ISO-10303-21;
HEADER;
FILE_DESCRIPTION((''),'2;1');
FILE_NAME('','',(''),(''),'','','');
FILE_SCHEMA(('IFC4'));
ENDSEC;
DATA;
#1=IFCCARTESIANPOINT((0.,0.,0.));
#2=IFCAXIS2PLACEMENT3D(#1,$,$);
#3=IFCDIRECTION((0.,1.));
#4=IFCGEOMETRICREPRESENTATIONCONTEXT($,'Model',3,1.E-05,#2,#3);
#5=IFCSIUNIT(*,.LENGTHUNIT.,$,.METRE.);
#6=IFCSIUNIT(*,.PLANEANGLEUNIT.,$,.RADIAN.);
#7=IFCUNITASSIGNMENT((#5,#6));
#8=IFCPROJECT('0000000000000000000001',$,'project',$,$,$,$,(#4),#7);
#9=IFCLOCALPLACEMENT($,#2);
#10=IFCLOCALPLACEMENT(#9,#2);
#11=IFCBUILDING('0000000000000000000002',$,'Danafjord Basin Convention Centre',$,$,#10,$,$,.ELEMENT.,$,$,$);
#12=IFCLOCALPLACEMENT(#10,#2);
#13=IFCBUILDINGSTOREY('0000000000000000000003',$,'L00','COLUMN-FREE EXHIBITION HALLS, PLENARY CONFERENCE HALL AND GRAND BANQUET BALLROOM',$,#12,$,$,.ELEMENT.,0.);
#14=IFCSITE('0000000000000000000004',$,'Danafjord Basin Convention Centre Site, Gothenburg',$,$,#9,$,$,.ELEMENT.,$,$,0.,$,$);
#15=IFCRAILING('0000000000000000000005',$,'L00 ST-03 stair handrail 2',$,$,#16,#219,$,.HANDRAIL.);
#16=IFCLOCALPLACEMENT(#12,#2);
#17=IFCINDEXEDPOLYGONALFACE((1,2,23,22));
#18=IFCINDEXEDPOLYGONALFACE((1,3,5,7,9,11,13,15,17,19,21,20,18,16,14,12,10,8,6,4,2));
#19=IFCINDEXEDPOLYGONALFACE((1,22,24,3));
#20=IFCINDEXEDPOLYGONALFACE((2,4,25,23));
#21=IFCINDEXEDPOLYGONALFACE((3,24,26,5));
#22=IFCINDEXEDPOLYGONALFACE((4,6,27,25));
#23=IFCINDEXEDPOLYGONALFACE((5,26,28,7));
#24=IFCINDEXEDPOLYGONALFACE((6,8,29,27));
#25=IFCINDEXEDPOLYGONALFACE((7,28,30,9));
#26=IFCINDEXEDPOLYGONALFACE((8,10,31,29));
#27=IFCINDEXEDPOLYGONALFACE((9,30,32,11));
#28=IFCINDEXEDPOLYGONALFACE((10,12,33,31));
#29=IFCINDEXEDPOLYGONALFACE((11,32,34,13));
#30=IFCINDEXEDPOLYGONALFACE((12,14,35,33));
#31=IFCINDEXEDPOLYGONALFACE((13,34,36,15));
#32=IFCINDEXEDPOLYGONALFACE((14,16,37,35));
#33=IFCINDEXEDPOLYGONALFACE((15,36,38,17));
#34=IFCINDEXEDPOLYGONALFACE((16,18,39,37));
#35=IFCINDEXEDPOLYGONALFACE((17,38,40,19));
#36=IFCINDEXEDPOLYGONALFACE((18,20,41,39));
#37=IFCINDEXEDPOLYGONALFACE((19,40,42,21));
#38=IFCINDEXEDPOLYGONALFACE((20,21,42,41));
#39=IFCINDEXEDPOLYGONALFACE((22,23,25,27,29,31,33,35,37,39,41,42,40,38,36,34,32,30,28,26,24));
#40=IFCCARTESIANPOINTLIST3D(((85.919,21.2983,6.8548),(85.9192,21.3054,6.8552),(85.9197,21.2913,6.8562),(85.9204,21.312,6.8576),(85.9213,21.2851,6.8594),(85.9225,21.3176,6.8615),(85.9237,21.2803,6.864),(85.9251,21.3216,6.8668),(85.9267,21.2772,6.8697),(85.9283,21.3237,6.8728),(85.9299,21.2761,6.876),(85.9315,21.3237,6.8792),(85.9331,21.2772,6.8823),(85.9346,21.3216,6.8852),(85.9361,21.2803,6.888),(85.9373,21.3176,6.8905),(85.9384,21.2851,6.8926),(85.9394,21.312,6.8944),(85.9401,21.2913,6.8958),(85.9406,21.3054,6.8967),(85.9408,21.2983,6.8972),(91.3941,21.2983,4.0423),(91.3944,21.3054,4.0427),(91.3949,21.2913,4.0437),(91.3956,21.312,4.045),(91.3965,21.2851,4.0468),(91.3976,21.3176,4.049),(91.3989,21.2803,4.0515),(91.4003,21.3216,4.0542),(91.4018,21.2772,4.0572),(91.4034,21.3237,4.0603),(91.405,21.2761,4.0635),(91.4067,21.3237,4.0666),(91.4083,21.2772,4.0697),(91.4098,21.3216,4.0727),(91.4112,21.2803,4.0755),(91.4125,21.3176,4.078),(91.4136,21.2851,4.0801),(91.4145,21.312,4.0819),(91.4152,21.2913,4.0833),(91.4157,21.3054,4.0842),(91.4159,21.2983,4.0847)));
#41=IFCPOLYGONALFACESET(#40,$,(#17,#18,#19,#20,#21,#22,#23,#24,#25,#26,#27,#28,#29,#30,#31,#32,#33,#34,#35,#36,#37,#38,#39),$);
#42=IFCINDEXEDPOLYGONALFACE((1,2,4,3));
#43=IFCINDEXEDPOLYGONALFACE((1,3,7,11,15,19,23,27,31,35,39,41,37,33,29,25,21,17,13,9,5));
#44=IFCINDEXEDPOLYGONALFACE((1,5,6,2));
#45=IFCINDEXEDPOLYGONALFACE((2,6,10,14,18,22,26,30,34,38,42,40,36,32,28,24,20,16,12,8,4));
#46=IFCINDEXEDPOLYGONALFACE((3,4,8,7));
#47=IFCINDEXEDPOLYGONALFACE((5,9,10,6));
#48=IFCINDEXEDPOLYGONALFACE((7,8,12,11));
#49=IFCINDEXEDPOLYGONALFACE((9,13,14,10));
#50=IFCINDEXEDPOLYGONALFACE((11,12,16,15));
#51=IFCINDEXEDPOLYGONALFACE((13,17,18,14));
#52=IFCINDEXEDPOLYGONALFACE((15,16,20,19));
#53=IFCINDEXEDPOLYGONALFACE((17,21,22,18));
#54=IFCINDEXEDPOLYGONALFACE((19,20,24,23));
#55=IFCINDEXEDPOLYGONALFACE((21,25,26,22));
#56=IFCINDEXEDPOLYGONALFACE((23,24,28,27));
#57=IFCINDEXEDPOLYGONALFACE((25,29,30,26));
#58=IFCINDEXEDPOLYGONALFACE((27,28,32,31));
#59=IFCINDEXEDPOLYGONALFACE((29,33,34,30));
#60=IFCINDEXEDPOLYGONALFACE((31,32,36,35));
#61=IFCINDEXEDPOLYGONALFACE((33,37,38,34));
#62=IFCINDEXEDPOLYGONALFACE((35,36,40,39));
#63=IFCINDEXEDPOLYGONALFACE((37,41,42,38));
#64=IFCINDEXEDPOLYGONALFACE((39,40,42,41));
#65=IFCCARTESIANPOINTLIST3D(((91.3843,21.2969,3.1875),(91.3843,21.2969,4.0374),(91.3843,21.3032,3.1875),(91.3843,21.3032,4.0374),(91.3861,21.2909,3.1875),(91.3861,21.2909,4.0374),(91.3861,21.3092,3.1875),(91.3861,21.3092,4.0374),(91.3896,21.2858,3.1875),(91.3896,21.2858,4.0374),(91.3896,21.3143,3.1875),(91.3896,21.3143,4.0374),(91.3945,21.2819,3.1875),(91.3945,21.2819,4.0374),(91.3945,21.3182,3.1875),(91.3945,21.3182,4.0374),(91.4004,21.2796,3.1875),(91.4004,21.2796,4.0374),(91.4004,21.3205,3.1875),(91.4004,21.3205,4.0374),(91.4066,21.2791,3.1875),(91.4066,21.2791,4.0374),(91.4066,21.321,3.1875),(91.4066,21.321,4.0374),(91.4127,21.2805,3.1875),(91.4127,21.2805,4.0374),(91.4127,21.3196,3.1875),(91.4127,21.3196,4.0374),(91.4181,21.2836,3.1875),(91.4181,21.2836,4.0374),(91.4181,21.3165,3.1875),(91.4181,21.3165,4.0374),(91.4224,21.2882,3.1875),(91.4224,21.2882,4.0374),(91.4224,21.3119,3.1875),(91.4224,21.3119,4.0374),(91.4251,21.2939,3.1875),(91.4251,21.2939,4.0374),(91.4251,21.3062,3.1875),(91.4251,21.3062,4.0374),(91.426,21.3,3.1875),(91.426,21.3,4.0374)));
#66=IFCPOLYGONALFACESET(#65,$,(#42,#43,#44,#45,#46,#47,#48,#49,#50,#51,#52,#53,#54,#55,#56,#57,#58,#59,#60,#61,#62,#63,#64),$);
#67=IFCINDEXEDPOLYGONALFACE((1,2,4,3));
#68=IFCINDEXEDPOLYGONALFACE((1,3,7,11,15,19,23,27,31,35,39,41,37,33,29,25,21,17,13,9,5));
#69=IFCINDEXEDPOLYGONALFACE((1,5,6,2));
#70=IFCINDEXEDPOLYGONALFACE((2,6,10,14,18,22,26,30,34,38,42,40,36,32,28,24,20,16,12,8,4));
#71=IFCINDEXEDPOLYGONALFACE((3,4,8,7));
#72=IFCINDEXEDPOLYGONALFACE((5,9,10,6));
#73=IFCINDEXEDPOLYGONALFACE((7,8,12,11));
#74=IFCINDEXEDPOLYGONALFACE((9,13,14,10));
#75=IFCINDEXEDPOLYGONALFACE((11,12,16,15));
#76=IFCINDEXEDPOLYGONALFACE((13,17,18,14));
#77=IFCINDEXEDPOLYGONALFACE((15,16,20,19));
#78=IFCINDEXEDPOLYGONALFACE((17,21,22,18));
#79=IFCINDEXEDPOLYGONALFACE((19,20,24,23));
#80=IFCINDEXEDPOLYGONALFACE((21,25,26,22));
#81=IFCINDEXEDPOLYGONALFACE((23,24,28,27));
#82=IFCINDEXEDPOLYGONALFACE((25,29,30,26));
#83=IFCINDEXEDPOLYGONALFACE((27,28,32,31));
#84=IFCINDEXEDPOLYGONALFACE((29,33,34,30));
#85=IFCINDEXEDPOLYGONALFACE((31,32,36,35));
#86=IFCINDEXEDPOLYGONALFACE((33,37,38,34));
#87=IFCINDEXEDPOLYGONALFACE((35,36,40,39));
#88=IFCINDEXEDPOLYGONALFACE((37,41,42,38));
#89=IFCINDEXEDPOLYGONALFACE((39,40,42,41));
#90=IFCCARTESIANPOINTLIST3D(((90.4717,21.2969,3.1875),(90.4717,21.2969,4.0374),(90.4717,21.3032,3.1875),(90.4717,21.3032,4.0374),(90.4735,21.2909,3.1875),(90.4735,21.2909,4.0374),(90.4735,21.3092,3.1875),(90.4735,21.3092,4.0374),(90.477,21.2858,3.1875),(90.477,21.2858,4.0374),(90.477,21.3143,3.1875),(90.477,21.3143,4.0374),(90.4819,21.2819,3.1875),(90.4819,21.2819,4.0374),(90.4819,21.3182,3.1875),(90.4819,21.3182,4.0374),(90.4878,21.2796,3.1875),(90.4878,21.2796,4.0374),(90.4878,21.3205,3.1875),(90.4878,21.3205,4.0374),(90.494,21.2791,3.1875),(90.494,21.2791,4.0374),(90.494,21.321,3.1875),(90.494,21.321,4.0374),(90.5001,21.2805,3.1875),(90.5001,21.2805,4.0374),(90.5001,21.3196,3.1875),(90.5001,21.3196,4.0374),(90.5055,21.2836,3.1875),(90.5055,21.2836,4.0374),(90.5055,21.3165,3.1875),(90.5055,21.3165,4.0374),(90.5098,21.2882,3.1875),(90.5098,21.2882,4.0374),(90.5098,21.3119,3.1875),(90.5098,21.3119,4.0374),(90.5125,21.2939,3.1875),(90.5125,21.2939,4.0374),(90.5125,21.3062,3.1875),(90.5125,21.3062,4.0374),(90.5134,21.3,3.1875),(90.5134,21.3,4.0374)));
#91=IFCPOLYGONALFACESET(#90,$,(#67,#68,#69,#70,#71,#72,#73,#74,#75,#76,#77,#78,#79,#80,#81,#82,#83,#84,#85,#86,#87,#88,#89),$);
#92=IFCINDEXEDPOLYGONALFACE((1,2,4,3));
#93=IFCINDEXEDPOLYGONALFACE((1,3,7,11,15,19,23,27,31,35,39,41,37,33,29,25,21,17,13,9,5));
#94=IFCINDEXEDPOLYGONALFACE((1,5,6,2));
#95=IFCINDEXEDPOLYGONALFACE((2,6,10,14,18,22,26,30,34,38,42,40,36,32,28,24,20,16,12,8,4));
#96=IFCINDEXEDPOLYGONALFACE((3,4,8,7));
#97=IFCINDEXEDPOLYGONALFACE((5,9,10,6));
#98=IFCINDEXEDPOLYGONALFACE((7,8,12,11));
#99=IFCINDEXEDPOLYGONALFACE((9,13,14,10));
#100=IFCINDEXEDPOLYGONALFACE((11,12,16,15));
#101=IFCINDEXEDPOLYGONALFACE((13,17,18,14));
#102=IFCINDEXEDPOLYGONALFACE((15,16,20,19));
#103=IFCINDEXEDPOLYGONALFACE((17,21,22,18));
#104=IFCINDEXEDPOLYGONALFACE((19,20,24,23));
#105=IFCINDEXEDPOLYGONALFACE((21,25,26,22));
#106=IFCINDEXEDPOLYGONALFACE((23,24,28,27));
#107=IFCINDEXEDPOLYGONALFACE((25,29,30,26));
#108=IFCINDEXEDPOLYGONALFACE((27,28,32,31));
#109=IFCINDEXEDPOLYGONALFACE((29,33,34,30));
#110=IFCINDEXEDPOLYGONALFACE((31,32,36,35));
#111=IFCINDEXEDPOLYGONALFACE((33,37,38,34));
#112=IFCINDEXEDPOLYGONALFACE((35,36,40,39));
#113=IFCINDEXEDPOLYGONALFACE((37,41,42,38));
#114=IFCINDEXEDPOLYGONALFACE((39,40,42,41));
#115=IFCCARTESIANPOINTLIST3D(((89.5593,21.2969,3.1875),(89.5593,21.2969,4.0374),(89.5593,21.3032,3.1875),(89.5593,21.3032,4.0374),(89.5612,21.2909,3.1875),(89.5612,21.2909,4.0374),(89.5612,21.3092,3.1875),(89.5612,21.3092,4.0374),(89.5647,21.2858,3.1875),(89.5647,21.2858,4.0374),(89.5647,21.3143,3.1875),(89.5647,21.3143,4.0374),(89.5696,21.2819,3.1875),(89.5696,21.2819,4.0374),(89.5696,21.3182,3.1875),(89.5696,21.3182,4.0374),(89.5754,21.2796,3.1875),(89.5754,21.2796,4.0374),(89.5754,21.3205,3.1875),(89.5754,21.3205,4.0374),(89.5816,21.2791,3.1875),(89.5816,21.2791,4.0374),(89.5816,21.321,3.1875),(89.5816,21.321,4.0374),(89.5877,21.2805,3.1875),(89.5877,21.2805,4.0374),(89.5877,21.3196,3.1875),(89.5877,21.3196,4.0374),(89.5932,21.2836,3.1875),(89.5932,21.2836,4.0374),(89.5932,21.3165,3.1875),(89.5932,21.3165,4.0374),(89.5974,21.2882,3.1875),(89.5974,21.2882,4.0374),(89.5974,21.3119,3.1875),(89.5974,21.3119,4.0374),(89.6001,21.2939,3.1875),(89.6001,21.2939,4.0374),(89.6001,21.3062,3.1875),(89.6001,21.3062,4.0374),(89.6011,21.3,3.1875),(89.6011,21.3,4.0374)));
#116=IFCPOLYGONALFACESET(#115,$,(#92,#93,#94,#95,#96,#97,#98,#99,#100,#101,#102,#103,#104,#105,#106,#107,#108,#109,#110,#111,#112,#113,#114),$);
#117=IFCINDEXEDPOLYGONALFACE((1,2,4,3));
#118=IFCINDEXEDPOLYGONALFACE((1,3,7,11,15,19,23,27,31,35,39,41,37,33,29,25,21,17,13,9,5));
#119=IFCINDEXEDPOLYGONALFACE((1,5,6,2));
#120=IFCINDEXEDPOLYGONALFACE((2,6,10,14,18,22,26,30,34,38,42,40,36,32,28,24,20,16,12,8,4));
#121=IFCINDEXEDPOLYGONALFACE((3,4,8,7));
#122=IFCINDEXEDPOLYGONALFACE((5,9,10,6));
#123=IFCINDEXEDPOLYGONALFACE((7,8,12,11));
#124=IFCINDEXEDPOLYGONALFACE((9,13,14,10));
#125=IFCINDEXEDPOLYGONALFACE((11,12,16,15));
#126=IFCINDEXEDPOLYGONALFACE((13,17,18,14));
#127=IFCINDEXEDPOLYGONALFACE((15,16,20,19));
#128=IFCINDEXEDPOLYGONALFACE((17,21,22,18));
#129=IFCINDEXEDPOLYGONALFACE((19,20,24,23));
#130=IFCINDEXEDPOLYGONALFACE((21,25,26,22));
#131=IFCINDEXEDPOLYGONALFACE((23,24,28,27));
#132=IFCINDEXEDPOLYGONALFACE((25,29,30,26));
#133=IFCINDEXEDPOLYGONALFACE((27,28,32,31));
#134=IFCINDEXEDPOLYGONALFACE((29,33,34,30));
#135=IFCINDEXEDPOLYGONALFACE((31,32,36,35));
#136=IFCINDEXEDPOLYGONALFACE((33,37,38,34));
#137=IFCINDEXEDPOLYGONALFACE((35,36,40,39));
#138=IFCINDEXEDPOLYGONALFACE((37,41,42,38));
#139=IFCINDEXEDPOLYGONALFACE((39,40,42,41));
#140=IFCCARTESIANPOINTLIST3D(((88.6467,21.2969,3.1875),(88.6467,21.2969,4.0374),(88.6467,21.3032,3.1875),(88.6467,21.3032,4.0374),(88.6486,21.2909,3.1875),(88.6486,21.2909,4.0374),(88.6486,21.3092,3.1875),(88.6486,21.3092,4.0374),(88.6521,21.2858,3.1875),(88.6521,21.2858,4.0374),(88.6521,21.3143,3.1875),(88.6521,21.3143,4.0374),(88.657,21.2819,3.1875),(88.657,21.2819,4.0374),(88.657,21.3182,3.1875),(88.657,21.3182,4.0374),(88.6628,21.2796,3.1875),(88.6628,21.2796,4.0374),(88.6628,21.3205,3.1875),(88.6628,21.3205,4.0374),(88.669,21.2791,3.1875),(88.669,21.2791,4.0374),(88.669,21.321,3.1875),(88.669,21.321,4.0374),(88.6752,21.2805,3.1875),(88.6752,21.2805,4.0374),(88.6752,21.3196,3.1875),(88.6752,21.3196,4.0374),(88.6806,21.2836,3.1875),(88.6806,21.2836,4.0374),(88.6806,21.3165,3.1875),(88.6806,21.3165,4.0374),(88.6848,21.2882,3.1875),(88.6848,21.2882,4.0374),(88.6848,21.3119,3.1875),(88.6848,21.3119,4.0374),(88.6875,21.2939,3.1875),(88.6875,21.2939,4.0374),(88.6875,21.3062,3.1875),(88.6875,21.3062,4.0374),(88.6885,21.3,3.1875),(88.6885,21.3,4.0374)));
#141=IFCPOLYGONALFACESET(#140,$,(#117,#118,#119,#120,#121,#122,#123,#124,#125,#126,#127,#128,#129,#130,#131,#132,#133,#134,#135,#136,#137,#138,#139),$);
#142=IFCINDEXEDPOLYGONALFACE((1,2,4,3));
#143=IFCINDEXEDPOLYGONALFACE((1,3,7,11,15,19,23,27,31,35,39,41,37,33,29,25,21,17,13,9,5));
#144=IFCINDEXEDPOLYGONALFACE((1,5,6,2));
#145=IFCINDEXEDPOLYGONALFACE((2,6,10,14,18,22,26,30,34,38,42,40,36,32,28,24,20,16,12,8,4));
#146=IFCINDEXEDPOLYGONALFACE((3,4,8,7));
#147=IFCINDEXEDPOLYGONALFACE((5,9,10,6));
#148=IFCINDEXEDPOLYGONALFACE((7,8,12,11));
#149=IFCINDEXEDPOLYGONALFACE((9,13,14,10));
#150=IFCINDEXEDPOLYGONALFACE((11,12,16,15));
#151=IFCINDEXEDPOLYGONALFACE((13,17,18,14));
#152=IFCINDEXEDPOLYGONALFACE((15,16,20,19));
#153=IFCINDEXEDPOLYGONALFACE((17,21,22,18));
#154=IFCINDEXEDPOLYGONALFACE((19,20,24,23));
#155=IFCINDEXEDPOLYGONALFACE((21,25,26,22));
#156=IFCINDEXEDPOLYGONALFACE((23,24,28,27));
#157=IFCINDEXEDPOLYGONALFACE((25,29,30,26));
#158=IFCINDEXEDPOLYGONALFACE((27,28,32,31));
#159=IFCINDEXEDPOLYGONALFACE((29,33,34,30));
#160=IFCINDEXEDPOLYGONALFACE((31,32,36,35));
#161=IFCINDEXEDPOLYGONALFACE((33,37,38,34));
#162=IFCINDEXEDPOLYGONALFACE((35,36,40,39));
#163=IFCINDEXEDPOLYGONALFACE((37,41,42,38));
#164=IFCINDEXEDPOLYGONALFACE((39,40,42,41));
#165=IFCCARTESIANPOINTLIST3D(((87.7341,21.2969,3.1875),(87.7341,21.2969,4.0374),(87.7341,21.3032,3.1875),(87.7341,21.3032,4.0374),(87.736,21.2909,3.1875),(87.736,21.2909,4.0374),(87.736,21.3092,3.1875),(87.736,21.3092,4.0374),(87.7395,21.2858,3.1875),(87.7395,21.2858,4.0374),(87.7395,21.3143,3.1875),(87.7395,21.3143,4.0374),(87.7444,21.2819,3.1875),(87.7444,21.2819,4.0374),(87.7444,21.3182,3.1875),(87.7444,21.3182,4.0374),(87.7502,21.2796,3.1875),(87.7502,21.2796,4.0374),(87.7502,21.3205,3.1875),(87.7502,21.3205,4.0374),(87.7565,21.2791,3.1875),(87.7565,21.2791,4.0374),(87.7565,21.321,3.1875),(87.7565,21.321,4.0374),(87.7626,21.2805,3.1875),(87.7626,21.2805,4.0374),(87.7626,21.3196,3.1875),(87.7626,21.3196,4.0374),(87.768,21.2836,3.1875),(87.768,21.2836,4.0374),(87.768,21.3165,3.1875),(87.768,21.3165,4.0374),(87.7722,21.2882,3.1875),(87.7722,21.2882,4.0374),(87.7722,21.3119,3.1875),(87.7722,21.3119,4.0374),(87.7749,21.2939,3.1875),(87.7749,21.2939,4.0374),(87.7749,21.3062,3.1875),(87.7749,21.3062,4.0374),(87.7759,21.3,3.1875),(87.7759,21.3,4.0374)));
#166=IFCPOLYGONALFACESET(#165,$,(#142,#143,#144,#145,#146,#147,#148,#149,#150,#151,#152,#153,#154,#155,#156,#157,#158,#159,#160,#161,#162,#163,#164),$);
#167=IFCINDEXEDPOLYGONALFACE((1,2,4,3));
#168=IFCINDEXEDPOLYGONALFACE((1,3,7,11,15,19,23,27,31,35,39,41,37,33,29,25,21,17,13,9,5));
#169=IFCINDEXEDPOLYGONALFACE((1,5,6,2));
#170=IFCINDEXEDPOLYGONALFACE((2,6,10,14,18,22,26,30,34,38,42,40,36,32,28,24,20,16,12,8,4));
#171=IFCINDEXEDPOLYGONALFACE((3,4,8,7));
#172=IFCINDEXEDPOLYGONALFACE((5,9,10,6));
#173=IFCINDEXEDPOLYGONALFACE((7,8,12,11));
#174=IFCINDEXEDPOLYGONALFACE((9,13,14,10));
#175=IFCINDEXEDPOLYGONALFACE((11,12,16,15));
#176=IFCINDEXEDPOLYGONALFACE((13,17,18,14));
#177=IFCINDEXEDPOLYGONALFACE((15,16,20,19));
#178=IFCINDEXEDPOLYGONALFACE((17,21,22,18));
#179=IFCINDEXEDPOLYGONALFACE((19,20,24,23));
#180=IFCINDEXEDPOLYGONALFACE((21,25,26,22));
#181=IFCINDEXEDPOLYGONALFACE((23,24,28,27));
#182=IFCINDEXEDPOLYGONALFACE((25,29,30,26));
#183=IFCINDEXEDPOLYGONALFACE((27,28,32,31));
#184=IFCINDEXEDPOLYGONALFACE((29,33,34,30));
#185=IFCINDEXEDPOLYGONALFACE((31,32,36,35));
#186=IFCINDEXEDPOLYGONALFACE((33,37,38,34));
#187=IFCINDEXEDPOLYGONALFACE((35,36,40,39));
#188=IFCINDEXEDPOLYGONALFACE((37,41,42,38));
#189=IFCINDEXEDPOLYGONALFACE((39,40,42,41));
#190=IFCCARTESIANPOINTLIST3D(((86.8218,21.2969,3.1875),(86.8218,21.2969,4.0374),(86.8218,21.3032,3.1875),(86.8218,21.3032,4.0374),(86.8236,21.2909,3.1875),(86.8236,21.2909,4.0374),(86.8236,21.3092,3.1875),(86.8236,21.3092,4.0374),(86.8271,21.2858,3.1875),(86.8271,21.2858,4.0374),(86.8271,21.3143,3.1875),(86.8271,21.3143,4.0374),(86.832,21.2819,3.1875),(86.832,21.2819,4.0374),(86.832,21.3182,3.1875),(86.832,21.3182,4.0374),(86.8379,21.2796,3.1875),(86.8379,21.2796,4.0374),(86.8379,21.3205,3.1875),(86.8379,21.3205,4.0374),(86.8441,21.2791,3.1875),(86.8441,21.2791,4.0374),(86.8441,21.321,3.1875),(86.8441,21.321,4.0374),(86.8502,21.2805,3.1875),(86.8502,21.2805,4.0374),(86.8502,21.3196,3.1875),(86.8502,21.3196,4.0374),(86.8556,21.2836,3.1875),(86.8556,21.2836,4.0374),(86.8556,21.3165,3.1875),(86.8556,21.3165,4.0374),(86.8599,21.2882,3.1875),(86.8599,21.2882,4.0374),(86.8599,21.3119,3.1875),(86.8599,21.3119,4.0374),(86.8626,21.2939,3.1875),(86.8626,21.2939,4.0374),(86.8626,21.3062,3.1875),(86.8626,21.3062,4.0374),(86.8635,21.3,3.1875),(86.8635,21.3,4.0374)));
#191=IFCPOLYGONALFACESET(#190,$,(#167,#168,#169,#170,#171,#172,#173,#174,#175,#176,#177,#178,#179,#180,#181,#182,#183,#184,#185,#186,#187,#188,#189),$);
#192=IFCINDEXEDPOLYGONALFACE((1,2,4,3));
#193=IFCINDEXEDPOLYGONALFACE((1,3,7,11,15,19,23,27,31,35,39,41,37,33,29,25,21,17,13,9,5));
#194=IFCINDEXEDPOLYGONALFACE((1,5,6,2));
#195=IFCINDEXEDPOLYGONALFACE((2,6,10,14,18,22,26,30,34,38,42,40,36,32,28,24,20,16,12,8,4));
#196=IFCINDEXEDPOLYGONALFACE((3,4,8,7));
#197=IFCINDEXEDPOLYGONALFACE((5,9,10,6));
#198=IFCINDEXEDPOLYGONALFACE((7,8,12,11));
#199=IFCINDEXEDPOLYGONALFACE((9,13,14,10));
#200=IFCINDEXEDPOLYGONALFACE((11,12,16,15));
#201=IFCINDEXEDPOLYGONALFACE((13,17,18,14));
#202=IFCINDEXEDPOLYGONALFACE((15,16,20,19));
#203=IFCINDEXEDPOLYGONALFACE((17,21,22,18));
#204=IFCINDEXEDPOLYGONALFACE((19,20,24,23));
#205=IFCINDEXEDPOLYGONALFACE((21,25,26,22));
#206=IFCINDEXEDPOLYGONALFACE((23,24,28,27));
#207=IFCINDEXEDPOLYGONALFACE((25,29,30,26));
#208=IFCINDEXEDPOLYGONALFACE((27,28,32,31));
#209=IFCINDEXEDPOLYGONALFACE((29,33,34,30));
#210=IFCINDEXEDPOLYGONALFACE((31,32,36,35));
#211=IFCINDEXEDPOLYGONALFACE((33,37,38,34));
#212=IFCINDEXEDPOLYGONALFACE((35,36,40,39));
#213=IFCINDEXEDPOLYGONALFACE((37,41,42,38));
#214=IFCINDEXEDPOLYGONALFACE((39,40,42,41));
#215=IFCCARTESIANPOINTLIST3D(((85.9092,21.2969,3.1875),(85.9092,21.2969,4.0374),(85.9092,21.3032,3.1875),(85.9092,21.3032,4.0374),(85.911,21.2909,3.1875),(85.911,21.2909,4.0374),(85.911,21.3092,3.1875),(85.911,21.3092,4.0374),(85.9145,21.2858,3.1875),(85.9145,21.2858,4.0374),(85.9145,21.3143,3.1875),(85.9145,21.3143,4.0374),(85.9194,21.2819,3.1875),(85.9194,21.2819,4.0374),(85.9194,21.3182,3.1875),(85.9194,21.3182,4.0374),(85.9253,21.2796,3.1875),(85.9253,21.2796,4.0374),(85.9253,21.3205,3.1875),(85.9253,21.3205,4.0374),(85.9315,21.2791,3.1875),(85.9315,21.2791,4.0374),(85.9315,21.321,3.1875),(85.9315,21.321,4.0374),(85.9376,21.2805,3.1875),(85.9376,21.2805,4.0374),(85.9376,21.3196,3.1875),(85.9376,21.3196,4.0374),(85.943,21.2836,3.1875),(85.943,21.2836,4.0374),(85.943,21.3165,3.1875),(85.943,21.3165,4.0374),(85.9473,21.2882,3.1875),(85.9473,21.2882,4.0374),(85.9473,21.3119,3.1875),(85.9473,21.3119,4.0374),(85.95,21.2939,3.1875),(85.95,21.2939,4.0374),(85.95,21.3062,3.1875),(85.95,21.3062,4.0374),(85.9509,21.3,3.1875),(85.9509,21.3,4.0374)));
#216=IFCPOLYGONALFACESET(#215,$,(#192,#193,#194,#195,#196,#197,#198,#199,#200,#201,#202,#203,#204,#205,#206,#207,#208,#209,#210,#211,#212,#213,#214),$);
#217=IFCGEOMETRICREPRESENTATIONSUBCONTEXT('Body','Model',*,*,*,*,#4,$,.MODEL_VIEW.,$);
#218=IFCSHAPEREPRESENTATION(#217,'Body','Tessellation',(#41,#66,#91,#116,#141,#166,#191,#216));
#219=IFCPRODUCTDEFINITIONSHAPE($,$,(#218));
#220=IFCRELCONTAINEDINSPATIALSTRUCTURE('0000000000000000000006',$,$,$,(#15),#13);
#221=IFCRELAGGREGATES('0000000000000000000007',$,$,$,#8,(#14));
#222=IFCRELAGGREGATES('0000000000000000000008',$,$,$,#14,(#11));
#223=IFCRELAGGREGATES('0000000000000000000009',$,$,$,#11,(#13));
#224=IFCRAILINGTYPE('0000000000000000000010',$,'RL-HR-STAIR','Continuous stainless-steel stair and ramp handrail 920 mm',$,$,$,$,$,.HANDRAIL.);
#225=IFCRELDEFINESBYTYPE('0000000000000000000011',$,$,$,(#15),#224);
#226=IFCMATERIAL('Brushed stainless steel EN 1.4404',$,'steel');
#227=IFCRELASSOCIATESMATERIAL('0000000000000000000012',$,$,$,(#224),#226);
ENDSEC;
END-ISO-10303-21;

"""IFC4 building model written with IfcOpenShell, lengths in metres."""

from ifc_helpers import new_model, si_unit, direction, frame, origin, origin_2d, place, context, subcontext, project, spatial, circle, extrude, material, type_object, element, save


model = new_model("IFC4")

# Units and contexts
model_context = context("Model", 3, precision=1e-05, world=origin(), true_north=direction((0.0, 1.0)))
body_context = subcontext(model_context, "Body", "Model", "MODEL_VIEW")
ifc_project = project(units=[si_unit("LENGTHUNIT", "METRE"), si_unit("PLANEANGLEUNIT", "RADIAN")], contexts=[model_context])

# Site, building, storey
site_placement = place(None, origin())
site = spatial("IfcSite", under=ifc_project, at=site_placement, Name="Danafjord Basin Convention Centre Site, Gothenburg", CompositionType="ELEMENT", RefElevation=0.0)
building_placement = place(site_placement, origin())
building = spatial("IfcBuilding", under=site, at=building_placement, Name="Danafjord Basin Convention Centre", CompositionType="ELEMENT")
storey_placement = place(building_placement, origin())
storey = spatial("IfcBuildingStorey", under=building, at=storey_placement, Name="L00", Description="COLUMN-FREE EXHIBITION HALLS, PLENARY CONFERENCE HALL AND GRAND BANQUET BALLROOM", CompositionType="ELEMENT", Elevation=0.0)

# Railing
ifc_material_1 = material(Name="Brushed stainless steel EN 1.4404", Category="steel")
railing_type_1 = type_object("IfcRailingType", Name="RL-HR-STAIR", Description="Continuous stainless-steel stair and ramp handrail 920 mm", PredefinedType="HANDRAIL", material=ifc_material_1)
for number, where, name in (
    (1, (91.405, 21.3, 3.1875), "L00 ST-03 stair handrail 2"),
):
    element("IfcRailing", number, at=place(storey_placement, frame(where)), inside=storey, type_object=railing_type_1, Name=name, PredefinedType="HANDRAIL", context=body_context, shape_type="SweptSolid", body=[
        extrude(circle(Radius=0.0239, at=origin_2d()), frame((0.0, 0.0, 0.876), z_axis=(-0.889503, 0.0, 0.456929), x_axis=(0.0, -1.0, 0.0)), (0.0, 0.0, 1.0), 6.1553),
        extrude(circle(Radius=0.021, at=origin_2d()), origin(), (0.0, 0.0, 1.0), 0.8499),
        extrude(circle(Radius=0.021, at=origin_2d()), frame((-0.9126, 0.0, 0.0)), (0.0, 0.0, 1.0), 0.8499),
        extrude(circle(Radius=0.021, at=origin_2d()), frame((-1.825, 0.0, 0.0)), (0.0, 0.0, 1.0), 0.8499),
        extrude(circle(Radius=0.021, at=origin_2d()), frame((-2.7375, 0.0, 0.0)), (0.0, 0.0, 1.0), 0.8499),
        extrude(circle(Radius=0.021, at=origin_2d()), frame((-3.6501, 0.0, 0.0)), (0.0, 0.0, 1.0), 0.8499),
        extrude(circle(Radius=0.021, at=origin_2d()), frame((-4.5625, 0.0, 0.0)), (0.0, 0.0, 1.0), 0.8499),
        extrude(circle(Radius=0.021, at=origin_2d()), frame((-5.4751, 0.0, 0.0)), (0.0, 0.0, 1.0), 0.8499),
    ])

save(model, "model.ifc")
